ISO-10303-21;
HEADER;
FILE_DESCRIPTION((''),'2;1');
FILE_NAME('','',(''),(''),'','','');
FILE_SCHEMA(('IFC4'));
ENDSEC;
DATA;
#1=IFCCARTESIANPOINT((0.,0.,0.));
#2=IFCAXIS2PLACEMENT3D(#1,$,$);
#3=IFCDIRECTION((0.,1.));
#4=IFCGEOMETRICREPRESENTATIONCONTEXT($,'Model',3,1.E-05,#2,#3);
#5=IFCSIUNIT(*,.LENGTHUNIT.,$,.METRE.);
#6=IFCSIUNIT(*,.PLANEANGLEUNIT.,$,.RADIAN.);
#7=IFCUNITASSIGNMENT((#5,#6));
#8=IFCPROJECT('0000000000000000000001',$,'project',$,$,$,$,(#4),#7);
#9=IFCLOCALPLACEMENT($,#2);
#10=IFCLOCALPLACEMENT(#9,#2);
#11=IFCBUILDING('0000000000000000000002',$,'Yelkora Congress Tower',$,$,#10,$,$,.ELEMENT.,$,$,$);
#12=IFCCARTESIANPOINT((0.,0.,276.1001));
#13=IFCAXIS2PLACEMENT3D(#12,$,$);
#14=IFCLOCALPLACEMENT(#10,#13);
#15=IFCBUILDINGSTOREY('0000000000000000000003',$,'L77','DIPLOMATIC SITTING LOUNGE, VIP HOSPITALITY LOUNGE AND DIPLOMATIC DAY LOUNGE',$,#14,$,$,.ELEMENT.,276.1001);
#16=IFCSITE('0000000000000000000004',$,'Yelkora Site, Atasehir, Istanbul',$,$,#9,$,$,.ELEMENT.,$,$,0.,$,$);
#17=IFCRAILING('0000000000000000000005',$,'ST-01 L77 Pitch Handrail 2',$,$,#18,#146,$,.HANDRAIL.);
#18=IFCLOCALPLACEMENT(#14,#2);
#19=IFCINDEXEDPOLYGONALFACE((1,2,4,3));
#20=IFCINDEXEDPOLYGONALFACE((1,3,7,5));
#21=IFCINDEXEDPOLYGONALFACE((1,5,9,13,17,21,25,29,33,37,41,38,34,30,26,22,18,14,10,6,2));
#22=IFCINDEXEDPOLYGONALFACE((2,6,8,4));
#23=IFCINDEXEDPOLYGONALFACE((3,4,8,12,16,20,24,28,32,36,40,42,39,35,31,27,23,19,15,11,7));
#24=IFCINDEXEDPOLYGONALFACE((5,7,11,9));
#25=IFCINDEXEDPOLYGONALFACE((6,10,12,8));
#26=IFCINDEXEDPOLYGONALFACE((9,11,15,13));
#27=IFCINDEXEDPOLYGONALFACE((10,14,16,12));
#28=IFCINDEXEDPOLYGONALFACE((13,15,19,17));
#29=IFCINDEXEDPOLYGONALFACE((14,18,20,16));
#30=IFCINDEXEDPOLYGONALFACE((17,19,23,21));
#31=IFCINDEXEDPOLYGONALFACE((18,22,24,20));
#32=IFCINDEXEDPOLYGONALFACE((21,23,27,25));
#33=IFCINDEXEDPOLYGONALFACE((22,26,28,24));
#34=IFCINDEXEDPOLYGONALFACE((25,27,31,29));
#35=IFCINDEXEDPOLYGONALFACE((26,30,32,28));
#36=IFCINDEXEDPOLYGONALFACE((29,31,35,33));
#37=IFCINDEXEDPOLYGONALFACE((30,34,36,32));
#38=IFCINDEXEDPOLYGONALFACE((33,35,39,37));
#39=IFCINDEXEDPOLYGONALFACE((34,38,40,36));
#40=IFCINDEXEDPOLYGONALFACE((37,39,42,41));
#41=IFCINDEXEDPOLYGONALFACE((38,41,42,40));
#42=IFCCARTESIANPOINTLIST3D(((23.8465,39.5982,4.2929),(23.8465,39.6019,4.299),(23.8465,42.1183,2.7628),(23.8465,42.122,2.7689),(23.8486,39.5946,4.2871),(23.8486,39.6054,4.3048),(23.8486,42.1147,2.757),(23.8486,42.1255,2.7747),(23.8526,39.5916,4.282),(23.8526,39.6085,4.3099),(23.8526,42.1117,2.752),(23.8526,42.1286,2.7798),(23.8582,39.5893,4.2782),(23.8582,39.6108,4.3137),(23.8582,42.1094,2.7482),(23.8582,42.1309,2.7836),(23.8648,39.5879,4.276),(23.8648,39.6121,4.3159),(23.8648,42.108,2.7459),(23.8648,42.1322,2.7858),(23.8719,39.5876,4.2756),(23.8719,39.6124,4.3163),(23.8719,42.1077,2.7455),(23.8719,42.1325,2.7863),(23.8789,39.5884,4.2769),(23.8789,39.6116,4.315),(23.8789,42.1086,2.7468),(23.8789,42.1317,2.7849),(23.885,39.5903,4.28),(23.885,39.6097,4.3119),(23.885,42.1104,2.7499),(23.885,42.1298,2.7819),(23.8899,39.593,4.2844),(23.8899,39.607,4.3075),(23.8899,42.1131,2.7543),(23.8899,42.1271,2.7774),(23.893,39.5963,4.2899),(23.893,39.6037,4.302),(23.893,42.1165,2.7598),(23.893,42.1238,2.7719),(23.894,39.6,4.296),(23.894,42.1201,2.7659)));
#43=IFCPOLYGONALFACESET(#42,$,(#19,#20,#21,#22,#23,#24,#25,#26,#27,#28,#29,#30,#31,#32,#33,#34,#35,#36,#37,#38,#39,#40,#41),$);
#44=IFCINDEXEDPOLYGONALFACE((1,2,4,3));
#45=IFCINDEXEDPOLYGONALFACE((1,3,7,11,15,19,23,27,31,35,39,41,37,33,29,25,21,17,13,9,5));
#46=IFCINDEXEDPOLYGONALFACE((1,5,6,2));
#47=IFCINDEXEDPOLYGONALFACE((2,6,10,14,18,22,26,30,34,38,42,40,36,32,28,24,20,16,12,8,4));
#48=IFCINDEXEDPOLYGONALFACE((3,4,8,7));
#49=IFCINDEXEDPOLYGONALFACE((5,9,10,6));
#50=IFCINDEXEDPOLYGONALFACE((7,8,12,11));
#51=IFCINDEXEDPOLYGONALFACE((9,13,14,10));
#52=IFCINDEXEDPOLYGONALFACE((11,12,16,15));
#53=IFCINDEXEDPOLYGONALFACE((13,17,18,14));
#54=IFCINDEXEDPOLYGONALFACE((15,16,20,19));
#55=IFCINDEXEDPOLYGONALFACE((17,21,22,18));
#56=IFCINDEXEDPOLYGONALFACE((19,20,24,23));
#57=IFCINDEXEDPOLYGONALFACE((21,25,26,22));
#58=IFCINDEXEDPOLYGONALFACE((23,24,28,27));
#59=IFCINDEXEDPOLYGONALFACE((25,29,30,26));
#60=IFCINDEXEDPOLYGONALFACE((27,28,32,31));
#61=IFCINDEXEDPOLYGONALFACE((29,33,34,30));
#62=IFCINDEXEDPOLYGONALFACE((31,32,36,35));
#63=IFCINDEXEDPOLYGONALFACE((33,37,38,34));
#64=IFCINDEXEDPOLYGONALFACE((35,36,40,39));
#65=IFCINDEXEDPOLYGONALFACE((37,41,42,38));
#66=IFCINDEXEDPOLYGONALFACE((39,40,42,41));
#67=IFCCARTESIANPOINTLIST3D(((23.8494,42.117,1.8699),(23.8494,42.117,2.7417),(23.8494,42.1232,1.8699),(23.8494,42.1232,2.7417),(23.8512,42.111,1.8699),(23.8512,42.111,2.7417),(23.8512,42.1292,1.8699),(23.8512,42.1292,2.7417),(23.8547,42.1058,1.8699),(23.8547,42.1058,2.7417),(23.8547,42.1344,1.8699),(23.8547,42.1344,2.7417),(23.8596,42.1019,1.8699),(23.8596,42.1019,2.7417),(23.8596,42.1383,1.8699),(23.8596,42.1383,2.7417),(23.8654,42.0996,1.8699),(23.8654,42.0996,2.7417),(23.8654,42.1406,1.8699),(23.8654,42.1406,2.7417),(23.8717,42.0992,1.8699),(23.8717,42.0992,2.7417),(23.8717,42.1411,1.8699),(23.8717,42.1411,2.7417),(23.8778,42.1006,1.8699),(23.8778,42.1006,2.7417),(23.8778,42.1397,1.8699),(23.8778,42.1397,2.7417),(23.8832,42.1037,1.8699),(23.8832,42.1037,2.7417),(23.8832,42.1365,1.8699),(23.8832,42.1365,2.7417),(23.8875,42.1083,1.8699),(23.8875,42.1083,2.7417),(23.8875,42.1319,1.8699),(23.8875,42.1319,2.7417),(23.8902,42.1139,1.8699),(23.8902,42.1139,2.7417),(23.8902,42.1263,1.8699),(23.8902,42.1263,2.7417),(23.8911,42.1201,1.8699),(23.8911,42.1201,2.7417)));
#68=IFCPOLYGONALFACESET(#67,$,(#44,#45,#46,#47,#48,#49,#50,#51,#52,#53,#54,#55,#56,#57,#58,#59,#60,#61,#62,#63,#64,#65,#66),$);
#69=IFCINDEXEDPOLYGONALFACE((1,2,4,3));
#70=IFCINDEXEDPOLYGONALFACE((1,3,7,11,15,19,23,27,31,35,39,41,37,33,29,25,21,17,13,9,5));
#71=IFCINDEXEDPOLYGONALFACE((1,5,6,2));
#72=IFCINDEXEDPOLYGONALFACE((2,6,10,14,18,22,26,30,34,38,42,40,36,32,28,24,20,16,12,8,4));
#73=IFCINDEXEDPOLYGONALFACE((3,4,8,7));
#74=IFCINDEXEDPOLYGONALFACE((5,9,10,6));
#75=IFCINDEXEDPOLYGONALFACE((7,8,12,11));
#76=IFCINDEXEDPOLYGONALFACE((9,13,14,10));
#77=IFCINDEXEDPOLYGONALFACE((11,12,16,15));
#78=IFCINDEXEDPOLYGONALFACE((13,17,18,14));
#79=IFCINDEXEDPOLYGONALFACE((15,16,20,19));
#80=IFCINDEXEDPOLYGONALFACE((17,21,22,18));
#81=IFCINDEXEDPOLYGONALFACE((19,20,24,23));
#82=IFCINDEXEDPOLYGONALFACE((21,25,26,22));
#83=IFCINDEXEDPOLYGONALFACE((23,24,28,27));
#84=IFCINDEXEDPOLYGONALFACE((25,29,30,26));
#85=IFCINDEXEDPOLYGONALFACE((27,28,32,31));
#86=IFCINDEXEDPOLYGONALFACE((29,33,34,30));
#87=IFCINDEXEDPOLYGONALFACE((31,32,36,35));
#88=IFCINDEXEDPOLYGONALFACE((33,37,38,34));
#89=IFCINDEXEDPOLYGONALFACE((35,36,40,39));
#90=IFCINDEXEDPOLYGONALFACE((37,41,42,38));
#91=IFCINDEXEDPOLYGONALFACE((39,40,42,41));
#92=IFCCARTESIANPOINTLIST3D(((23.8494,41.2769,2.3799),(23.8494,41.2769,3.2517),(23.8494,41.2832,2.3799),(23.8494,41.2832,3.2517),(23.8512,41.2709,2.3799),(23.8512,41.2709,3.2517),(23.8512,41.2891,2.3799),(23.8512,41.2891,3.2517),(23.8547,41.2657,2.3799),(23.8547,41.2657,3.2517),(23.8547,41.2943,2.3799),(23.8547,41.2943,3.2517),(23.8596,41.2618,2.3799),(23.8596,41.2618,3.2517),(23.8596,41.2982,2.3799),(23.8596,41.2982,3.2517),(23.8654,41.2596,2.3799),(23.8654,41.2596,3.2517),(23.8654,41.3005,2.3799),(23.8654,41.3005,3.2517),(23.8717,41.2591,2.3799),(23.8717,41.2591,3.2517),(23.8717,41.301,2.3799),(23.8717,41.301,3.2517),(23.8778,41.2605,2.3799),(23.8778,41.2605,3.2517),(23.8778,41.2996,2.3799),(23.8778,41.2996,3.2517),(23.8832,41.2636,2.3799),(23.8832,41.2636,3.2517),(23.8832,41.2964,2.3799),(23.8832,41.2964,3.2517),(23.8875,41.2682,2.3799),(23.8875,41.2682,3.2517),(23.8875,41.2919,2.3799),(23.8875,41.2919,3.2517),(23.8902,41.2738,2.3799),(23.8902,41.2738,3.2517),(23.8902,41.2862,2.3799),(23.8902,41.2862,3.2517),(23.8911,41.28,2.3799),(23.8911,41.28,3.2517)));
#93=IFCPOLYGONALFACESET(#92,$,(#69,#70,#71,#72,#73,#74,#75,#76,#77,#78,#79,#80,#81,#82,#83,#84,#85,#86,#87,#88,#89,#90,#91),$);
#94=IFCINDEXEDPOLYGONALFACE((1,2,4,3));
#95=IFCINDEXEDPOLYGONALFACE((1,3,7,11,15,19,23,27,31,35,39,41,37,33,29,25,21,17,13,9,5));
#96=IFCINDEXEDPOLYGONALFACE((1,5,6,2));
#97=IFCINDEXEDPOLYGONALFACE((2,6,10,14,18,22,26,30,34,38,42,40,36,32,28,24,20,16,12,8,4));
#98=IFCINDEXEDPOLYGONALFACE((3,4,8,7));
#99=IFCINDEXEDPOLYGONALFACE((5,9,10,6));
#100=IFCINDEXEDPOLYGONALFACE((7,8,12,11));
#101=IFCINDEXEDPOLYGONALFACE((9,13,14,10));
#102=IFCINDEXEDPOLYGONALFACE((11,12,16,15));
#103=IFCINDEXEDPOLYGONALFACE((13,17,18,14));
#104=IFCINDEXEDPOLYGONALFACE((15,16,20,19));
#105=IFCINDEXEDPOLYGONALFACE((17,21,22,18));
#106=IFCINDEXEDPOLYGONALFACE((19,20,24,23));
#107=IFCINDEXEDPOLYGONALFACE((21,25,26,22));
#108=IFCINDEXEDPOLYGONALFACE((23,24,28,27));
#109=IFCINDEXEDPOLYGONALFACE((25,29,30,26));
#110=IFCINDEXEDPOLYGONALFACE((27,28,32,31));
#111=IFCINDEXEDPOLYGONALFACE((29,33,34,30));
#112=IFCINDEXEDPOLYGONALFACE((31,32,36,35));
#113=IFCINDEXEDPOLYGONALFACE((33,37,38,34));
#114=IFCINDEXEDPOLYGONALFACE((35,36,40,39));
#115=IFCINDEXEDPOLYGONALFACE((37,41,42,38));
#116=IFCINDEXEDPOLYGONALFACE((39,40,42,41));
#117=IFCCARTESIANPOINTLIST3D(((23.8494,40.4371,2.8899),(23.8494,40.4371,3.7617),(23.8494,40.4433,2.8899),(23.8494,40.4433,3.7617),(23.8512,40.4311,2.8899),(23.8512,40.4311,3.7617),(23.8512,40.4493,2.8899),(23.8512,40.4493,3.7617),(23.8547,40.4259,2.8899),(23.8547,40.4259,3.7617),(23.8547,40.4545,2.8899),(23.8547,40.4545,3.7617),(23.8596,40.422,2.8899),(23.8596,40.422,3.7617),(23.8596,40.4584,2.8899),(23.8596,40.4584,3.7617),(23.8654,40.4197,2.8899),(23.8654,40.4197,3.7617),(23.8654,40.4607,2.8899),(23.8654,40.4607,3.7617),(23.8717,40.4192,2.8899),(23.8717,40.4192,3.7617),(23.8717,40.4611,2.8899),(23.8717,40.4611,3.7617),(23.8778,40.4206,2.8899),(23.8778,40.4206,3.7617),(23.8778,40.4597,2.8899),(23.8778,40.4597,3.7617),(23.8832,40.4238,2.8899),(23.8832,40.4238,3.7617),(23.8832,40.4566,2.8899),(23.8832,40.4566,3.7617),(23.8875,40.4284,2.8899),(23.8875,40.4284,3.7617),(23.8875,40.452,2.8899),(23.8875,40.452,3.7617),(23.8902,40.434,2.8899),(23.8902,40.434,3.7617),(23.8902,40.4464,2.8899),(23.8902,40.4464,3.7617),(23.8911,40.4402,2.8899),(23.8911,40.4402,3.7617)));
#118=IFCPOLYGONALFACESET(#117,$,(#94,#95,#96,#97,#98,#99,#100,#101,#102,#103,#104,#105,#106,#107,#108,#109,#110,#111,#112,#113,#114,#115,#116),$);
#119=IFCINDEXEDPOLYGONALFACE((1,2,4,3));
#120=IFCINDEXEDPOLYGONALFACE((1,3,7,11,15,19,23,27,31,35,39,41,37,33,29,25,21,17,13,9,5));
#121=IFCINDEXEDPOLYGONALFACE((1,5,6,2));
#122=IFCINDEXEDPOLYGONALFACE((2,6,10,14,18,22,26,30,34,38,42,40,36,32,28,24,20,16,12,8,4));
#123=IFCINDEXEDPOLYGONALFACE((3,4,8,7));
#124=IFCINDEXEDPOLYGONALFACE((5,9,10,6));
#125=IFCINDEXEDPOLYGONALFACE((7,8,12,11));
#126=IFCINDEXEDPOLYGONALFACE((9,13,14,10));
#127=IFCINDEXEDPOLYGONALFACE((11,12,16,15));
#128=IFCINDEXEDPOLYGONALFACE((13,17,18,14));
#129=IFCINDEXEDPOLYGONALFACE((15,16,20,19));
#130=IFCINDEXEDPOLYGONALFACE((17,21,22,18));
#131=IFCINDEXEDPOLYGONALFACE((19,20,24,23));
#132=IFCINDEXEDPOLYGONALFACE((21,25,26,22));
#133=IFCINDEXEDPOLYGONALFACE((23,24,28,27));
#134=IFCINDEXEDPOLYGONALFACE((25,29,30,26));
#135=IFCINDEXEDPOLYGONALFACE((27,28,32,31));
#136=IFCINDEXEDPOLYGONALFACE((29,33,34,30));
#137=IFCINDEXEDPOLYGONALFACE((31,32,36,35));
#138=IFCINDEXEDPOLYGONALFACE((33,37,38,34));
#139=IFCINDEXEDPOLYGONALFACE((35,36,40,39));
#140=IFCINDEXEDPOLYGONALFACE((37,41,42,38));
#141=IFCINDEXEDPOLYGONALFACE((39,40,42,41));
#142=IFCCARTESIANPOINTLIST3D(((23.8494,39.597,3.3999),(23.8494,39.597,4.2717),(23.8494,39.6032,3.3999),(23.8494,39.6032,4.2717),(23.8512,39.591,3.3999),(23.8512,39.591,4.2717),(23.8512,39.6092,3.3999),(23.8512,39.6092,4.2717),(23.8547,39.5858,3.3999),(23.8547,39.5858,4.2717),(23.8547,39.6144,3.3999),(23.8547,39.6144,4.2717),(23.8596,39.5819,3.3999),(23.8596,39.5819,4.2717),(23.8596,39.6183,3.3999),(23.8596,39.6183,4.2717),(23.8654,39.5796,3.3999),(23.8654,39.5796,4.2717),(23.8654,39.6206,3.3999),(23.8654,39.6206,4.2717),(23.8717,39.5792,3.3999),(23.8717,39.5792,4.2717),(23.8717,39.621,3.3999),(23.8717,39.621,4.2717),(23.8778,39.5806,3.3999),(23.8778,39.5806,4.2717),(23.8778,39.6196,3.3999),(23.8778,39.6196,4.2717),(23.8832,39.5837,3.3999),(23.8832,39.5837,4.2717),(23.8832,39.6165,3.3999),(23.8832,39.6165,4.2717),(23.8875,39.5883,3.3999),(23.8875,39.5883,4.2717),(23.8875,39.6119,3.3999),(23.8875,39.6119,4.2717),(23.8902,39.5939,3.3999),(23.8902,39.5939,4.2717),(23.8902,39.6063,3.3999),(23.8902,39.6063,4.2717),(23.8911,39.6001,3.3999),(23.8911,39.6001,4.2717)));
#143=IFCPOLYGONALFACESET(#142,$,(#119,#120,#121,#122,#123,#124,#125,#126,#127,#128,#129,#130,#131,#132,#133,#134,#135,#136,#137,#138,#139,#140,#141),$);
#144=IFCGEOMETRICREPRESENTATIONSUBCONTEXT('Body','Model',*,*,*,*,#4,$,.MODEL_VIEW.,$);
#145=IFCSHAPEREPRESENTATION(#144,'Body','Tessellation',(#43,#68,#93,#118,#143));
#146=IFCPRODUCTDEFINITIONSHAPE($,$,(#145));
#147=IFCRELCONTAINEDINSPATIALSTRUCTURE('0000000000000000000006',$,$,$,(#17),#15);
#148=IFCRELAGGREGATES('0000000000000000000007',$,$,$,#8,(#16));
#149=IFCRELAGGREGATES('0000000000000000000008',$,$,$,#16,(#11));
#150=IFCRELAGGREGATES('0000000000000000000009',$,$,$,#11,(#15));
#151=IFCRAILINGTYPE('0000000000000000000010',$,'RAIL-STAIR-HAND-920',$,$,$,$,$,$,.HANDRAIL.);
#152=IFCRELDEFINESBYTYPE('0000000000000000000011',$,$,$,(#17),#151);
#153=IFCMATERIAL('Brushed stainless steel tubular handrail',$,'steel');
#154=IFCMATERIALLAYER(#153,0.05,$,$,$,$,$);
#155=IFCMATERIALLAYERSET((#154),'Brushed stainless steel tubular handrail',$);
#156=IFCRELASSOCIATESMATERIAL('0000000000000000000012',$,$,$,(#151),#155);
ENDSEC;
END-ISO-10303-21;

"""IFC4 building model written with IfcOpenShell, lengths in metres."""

from ifc_helpers import new_model, si_unit, direction, frame, origin, origin_2d, place, context, subcontext, project, spatial, circle, extrude, material, layer, layer_set, type_object, element, save


model = new_model("IFC4")

# Units and contexts
model_context = context("Model", 3, precision=1e-05, world=origin(), true_north=direction((0.0, 1.0)))
body_context = subcontext(model_context, "Body", "Model", "MODEL_VIEW")
ifc_project = project(units=[si_unit("LENGTHUNIT", "METRE"), si_unit("PLANEANGLEUNIT", "RADIAN")], contexts=[model_context])

# Site, building, storey
site_placement = place(None, origin())
site = spatial("IfcSite", under=ifc_project, at=site_placement, Name="Yelkora Site, Atasehir, Istanbul", CompositionType="ELEMENT", RefElevation=0.0)
building_placement = place(site_placement, origin())
building = spatial("IfcBuilding", under=site, at=building_placement, Name="Yelkora Congress Tower", CompositionType="ELEMENT")
storey_placement = place(building_placement, frame((0.0, 0.0, 276.1001)))
storey = spatial("IfcBuildingStorey", under=building, at=storey_placement, Name="L77", Description="DIPLOMATIC SITTING LOUNGE, VIP HOSPITALITY LOUNGE AND DIPLOMATIC DAY LOUNGE", CompositionType="ELEMENT", Elevation=276.1001)

# Railing
ifc_material_1 = material(Name="Brushed stainless steel tubular handrail", Category="steel")
ifc_layer_1 = layer(ifc_material_1, 0.05)
ifc_layer_set_1 = layer_set([ifc_layer_1], Name="Brushed stainless steel tubular handrail")
railing_type_1 = type_object("IfcRailingType", Name="RAIL-STAIR-HAND-920", PredefinedType="HANDRAIL", material=ifc_layer_set_1)
railing_1_placement = place(storey_placement, frame((23.8701, 42.1201, 1.8699)))
element("IfcRailing", 1, at=railing_1_placement, inside=storey, type_object=railing_type_1, Name="ST-01 L77 Pitch Handrail 2", PredefinedType="HANDRAIL", context=body_context, shape_type="SweptSolid", body=[
    extrude(circle(Radius=0.0239, at=origin_2d()), frame((0.0, 0.0, 0.896), z_axis=(0.0, -0.854785, 0.518982), x_axis=(1.0, 0.0, 0.0)), (0.0, 0.0, 1.0), 2.9482),
    extrude(circle(Radius=0.021, at=origin_2d()), origin(), (0.0, 0.0, 1.0), 0.8718),
    extrude(circle(Radius=0.021, at=origin_2d()), frame((0.0, -0.8401, 0.51)), (0.0, 0.0, 1.0), 0.8718),
    extrude(circle(Radius=0.021, at=origin_2d()), frame((0.0, -1.6799, 1.02)), (0.0, 0.0, 1.0), 0.8718),
    extrude(circle(Radius=0.021, at=origin_2d()), frame((0.0, -2.52, 1.53)), (0.0, 0.0, 1.0), 0.8718),
])

save(model, "model.ifc")
